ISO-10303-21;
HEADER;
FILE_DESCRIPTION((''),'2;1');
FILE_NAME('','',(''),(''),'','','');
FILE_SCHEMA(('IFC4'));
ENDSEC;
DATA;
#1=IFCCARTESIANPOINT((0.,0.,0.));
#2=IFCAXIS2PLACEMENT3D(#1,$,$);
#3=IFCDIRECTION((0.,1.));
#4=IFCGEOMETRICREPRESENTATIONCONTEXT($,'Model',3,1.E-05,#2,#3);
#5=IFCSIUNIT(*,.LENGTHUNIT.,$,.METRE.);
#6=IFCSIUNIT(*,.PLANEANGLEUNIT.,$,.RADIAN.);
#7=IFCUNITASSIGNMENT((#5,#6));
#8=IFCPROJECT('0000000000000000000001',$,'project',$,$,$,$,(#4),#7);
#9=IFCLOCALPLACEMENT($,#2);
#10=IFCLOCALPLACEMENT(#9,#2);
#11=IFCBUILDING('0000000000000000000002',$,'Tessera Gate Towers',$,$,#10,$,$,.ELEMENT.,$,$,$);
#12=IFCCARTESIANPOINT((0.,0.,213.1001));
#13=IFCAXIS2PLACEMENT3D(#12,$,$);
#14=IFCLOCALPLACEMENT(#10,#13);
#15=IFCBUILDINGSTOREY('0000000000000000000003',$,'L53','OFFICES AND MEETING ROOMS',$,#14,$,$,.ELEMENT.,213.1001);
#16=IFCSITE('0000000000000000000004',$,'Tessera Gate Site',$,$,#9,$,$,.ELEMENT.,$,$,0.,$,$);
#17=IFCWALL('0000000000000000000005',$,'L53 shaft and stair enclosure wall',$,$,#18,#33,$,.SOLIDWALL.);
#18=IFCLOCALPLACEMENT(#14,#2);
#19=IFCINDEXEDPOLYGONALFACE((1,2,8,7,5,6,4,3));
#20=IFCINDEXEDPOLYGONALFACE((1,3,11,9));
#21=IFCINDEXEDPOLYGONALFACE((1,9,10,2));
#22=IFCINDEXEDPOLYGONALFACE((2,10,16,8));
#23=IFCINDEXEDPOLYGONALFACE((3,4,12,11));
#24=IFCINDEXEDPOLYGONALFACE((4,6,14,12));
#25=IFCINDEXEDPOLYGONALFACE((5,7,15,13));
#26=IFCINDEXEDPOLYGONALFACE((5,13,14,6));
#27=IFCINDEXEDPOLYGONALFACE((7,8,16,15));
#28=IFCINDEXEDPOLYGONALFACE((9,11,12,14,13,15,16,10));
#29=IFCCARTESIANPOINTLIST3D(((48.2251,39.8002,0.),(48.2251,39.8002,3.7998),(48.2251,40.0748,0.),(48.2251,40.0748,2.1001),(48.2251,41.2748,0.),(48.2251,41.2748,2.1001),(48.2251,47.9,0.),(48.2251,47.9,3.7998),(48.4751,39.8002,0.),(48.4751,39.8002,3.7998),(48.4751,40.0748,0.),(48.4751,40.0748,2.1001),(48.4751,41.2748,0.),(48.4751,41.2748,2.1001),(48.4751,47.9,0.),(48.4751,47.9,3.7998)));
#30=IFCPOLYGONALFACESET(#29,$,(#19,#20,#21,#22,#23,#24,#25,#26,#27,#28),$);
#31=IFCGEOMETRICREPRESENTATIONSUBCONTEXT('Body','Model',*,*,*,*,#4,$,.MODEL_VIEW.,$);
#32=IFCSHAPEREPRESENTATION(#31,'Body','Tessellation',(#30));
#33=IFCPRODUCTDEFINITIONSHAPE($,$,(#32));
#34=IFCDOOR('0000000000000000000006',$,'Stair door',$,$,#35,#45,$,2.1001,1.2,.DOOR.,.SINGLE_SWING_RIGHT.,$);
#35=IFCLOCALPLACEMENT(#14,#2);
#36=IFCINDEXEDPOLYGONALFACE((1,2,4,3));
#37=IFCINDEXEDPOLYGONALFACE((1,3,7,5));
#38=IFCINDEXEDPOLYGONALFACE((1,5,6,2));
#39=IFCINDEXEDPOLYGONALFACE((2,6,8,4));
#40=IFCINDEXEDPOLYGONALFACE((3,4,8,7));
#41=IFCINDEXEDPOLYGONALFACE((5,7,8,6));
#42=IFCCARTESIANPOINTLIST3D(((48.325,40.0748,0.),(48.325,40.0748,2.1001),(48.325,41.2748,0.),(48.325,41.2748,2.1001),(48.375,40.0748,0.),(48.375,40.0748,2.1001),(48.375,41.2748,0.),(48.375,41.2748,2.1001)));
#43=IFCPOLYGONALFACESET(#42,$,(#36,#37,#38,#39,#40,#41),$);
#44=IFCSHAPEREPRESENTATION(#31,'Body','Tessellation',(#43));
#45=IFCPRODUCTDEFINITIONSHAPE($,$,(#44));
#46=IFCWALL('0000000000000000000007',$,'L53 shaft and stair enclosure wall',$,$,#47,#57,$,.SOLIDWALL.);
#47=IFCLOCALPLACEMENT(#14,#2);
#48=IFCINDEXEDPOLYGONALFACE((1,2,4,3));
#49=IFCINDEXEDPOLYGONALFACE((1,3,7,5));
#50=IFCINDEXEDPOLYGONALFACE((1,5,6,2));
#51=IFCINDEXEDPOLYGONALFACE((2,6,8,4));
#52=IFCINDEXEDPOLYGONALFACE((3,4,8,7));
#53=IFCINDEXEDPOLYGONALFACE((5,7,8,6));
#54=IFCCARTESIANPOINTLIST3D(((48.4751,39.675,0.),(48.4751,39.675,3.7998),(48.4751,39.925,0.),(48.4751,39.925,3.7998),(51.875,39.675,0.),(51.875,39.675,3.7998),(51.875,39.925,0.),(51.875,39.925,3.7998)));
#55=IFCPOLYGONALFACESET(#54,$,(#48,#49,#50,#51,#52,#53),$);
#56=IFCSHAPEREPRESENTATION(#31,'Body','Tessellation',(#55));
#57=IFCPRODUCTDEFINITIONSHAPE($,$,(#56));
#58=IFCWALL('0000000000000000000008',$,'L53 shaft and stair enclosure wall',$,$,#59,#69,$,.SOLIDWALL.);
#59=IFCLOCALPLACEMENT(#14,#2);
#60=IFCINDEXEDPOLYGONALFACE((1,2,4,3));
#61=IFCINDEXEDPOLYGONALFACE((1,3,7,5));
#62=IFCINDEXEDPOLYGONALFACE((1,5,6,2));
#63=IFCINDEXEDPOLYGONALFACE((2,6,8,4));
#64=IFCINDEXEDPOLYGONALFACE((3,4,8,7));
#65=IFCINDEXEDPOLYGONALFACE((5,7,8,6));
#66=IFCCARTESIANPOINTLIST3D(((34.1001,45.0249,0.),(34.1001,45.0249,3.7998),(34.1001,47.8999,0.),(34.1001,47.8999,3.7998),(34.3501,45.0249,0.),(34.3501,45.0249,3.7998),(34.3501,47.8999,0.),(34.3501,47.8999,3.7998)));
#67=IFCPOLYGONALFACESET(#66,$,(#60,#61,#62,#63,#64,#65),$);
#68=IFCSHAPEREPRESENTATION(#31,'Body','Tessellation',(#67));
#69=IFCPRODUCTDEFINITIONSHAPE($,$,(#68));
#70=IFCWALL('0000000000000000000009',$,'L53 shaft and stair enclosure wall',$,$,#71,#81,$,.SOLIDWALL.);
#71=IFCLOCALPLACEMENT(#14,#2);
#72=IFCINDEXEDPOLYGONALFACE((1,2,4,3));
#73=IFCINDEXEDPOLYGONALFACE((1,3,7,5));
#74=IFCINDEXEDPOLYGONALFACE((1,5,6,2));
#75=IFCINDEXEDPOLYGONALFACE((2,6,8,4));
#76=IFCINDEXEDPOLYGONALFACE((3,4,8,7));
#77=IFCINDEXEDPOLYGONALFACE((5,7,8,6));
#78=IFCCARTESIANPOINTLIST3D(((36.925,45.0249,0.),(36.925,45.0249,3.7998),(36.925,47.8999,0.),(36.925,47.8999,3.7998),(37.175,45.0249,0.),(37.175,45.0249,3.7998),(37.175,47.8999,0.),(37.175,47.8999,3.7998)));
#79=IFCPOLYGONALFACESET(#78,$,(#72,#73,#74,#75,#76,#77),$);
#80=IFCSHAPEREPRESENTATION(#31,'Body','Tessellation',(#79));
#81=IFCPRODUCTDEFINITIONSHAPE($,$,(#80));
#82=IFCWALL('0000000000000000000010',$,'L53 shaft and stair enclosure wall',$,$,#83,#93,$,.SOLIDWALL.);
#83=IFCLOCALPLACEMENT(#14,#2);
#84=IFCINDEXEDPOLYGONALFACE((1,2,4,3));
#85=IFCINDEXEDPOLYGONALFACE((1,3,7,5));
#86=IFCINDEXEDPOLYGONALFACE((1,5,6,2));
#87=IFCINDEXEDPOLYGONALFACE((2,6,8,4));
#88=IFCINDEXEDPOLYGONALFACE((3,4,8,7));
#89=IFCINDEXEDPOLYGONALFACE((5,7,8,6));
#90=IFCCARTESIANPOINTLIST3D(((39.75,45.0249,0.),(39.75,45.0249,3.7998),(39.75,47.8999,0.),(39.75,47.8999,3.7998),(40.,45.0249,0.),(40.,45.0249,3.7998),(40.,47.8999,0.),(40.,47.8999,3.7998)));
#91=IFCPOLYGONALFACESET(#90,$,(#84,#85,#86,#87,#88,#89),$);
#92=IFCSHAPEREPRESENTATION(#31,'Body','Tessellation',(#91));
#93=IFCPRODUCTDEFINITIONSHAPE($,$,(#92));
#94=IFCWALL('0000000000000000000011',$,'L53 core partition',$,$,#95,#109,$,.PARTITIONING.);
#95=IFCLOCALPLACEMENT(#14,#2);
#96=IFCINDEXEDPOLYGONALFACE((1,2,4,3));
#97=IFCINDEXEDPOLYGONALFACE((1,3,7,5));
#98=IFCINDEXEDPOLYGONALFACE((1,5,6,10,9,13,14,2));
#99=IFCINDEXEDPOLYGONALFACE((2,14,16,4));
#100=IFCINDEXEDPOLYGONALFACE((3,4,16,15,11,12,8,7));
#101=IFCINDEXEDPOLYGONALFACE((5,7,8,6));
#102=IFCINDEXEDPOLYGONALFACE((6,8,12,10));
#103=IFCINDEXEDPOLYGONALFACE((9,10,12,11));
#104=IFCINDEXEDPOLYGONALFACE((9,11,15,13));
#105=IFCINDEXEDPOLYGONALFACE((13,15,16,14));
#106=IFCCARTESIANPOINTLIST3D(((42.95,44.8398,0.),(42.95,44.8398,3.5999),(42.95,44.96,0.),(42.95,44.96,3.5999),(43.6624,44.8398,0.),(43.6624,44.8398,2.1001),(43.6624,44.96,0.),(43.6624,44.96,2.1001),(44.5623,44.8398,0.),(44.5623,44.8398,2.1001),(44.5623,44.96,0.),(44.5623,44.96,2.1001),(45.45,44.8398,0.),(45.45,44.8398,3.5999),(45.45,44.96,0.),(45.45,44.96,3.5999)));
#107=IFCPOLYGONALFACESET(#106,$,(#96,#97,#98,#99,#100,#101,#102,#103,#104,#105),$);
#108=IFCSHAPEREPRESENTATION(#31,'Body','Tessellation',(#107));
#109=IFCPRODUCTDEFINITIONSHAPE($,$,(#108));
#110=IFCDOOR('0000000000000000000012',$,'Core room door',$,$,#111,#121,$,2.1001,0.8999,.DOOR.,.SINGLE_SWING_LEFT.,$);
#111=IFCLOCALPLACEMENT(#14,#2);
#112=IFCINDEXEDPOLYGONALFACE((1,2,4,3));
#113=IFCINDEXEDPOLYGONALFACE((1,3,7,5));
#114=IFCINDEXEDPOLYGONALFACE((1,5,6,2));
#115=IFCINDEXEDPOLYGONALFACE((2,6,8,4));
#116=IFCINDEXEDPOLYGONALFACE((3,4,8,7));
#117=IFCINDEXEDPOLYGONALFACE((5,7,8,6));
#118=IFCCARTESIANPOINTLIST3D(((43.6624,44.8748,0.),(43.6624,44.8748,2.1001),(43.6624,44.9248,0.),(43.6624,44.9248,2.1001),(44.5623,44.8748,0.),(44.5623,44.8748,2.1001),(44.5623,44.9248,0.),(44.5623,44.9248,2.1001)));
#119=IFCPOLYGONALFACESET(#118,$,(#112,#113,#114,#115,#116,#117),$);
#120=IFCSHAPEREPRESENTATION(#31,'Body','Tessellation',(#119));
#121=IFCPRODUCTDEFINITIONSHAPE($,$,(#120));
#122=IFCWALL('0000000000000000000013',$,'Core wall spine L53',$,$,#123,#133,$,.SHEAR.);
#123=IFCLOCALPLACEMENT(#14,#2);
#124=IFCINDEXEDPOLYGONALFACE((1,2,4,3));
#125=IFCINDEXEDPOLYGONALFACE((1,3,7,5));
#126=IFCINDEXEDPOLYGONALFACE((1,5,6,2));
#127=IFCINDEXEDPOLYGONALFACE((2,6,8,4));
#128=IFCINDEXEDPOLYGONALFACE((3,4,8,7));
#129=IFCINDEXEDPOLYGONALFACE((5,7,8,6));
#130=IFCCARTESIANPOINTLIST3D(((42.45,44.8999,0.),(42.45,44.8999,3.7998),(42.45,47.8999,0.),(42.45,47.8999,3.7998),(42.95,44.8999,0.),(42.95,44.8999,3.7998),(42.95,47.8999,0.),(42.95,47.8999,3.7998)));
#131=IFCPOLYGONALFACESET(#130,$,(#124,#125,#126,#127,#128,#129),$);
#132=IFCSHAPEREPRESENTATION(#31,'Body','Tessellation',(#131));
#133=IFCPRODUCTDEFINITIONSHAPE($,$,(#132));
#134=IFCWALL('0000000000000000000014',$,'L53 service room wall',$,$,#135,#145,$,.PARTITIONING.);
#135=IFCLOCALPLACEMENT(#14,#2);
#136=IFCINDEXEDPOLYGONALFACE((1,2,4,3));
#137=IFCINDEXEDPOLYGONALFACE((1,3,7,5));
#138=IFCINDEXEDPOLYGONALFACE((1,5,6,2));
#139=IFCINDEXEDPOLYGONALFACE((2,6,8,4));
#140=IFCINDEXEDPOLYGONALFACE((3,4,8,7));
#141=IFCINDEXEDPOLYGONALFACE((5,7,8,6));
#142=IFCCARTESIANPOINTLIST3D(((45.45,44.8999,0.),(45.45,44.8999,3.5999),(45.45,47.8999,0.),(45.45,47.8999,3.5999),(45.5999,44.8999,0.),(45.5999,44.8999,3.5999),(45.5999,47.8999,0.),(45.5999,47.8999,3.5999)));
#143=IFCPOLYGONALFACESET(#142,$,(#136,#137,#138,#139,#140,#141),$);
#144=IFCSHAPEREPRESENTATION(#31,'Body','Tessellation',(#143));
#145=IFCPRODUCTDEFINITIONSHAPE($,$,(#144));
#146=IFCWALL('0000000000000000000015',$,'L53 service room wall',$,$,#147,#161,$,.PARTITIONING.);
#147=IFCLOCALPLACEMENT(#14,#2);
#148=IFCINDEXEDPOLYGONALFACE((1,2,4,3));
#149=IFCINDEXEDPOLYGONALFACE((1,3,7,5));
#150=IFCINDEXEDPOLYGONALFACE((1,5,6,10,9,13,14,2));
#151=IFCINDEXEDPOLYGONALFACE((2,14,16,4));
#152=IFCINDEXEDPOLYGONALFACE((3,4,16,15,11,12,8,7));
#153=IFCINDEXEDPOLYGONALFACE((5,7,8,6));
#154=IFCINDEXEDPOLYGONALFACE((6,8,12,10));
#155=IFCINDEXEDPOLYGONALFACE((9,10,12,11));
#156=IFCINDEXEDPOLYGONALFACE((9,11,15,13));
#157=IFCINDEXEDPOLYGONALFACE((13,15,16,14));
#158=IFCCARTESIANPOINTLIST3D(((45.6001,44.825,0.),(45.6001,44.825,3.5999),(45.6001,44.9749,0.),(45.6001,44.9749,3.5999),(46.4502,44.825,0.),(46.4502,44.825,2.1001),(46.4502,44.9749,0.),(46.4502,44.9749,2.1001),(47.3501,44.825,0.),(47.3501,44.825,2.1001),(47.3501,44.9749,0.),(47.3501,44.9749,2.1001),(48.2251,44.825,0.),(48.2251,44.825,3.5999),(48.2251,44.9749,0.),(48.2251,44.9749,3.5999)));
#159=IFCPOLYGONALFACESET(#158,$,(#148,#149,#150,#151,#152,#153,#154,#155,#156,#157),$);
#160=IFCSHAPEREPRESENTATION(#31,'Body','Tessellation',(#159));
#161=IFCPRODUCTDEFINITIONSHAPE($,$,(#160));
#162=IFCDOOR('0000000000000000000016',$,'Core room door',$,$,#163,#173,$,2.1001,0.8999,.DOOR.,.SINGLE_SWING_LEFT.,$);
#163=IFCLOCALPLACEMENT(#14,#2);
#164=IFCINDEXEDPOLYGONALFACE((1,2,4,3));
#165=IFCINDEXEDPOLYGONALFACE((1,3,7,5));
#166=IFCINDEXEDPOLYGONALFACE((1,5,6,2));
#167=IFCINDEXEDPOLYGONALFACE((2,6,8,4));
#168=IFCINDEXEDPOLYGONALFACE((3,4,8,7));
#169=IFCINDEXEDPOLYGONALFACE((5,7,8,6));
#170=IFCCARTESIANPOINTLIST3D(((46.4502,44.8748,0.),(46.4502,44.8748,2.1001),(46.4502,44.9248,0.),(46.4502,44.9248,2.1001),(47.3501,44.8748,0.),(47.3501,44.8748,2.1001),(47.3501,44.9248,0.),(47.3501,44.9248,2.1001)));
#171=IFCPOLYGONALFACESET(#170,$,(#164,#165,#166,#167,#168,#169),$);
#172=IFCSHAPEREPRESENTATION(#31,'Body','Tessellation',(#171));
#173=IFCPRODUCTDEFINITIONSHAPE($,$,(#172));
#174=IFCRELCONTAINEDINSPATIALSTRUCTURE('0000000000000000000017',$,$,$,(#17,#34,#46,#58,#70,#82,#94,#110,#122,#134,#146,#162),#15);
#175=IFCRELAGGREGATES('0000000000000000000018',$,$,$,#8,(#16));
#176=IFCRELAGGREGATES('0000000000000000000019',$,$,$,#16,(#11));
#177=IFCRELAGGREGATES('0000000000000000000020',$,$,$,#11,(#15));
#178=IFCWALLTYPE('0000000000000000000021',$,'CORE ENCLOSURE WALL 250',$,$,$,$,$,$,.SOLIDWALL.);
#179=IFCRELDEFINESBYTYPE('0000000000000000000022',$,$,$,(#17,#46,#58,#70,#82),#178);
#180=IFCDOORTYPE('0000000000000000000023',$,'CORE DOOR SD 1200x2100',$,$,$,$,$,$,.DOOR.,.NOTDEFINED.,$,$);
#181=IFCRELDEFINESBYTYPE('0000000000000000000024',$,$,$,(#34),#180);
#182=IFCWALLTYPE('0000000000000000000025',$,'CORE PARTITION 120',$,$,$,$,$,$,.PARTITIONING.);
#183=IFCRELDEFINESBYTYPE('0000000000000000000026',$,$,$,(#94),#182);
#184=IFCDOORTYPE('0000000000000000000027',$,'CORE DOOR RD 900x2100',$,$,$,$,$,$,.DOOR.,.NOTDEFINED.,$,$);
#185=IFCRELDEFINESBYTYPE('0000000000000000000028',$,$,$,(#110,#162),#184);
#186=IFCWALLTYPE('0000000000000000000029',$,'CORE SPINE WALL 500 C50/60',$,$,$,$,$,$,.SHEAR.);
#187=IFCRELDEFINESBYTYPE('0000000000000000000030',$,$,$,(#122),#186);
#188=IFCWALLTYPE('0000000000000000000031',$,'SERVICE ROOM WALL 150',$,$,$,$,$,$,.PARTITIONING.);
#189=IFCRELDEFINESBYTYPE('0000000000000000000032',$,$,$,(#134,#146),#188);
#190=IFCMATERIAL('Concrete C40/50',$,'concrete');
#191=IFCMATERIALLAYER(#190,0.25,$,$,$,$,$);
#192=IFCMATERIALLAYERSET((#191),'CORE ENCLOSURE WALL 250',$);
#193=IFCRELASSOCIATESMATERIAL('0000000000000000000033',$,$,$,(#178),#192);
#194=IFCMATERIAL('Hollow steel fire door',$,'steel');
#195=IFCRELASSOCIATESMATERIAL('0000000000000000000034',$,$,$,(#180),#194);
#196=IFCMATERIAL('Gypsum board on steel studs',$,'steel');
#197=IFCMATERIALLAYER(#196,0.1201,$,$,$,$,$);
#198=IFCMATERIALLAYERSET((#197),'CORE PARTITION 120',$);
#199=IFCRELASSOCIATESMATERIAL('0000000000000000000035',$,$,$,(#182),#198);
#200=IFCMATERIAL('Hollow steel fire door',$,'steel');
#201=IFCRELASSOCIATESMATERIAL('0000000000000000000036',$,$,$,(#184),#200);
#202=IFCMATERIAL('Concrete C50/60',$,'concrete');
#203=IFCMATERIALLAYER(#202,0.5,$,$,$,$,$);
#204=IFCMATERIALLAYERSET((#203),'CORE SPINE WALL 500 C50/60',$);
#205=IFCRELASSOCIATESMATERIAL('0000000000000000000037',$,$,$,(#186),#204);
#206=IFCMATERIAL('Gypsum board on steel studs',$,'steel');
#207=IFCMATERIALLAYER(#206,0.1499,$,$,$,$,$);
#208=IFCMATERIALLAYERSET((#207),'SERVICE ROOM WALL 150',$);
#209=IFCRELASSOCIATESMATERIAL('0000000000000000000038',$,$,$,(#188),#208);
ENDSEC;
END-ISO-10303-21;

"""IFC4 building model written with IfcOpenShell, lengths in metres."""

from ifc_helpers import new_model, si_unit, direction, frame, frame_2d, origin, place, context, subcontext, project, spatial, rectangle, extrude, source, transform, mapped, material, layer, layer_set, type_object, element, fill, save


model = new_model("IFC4")

# Units and contexts
model_context = context("Model", 3, precision=1e-05, world=origin(), true_north=direction((0.0, 1.0)))
body_context = subcontext(model_context, "Body", "Model", "MODEL_VIEW")
ifc_project = project(units=[si_unit("LENGTHUNIT", "METRE"), si_unit("PLANEANGLEUNIT", "RADIAN")], contexts=[model_context])

# Site, building, storey
site_placement = place(None, origin())
site = spatial("IfcSite", under=ifc_project, at=site_placement, Name="Tessera Gate Site", CompositionType="ELEMENT", RefElevation=0.0)
building_placement = place(site_placement, origin())
building = spatial("IfcBuilding", under=site, at=building_placement, Name="Tessera Gate Towers", CompositionType="ELEMENT")
storey_placement = place(building_placement, frame((0.0, 0.0, 213.1001)))
storey = spatial("IfcBuildingStorey", under=building, at=storey_placement, Name="L53", Description="OFFICES AND MEETING ROOMS", CompositionType="ELEMENT", Elevation=213.1001)

# Shared definitions
ifc_material_1 = material(Name="Concrete C40/50", Category="concrete")
ifc_layer_1 = layer(ifc_material_1, 0.25)
ifc_layer_set_1 = layer_set([ifc_layer_1], Name="CORE ENCLOSURE WALL 250")
wall_type_1 = type_object("IfcWallType", Name="CORE ENCLOSURE WALL 250", PredefinedType="SOLIDWALL", material=ifc_layer_set_1)

# Wall, opening, door
wall_1_placement = place(storey_placement, frame((48.3501, 47.8999, 0.0), z_axis=(0.0, 0.0, 1.0), x_axis=(0.0, -1.0, 0.0)))
wall_1 = element("IfcWall", 1, at=wall_1_placement, inside=storey, type_object=wall_type_1, Name="L53 shaft and stair enclosure wall", PredefinedType="SOLIDWALL", context=body_context, shape_type="SweptSolid", body=[
    extrude(rectangle(XDim=8.0999, YDim=0.25, at=frame_2d((4.0498, 0.0))), origin(), (0.0, 0.0, 1.0), 3.7998),
])
shared_shape_1 = source(origin(), body_context, "Body", "SweptSolid", [
    extrude(rectangle(XDim=1.2, YDim=2.1001, at=frame_2d((0.6001, 1.05))), frame((0.0, 0.135, 0.0), z_axis=(0.0, -1.0, 0.0), x_axis=(1.0, 0.0, 0.0)), (0.0, 0.0, 1.0), 0.27),
])
opening_1_placement = place(wall_1_placement, frame((6.625, 0.0, 0.0)))
opening_1 = element("IfcOpeningElement", 2, at=opening_1_placement, cuts=wall_1, PredefinedType="OPENING", context=body_context, shape_type="MappedRepresentation", body=[
    mapped(shared_shape_1, transform((0.0, 0.0, 0.0), scale=1.0)),
])
ifc_material_2 = material(Name="Hollow steel fire door", Category="steel")
door_type_1 = type_object("IfcDoorType", Name="CORE DOOR SD 1200x2100", OperationType="NOTDEFINED", PredefinedType="DOOR", material=ifc_material_2)
shared_shape_2 = source(origin(), body_context, "Body", "SweptSolid", [
    extrude(rectangle(XDim=1.2, YDim=2.1001, at=frame_2d((0.6001, 1.05))), frame((0.0, 0.0249, 0.0), z_axis=(0.0, -1.0, 0.0), x_axis=(1.0, 0.0, 0.0)), (0.0, 0.0, 1.0), 0.05),
])
door_1_placement = place(opening_1_placement, origin())
door_1 = element("IfcDoor", 3, at=door_1_placement, inside=storey, type_object=door_type_1, Name="Stair door", OperationType="SINGLE_SWING_RIGHT", OverallHeight=2.1001, OverallWidth=1.2, PredefinedType="DOOR", context=body_context, shape_type="MappedRepresentation", body=[
    mapped(shared_shape_2, transform((0.0, 0.0, 0.0), scale=1.0)),
])
fill(opening_1, door_1)

# Walls
wall_2_placement = place(storey_placement, frame((48.4751, 39.8, 0.0), z_axis=(0.0, 0.0, 1.0), x_axis=(1.0, 0.0, 0.0)))
element("IfcWall", 4, at=wall_2_placement, inside=storey, type_object=wall_type_1, Name="L53 shaft and stair enclosure wall", PredefinedType="SOLIDWALL", context=body_context, shape_type="SweptSolid", body=[
    extrude(rectangle(XDim=3.3999, YDim=0.25, at=frame_2d((1.7, 0.0))), origin(), (0.0, 0.0, 1.0), 3.7998),
])
for number, where, z_axis, x_axis, name in (
    (5, (34.2251, 45.0249, 0.0), (0.0, 0.0, 1.0), (0.0, 1.0, 0.0), "L53 shaft and stair enclosure wall"),
    (6, (37.05, 45.0249, 0.0), (0.0, 0.0, 1.0), (0.0, 1.0, 0.0), "L53 shaft and stair enclosure wall"),
    (7, (39.875, 45.0249, 0.0), (0.0, 0.0, 1.0), (0.0, 1.0, 0.0), "L53 shaft and stair enclosure wall"),
):
    element("IfcWall", number, at=place(storey_placement, frame(where, z_axis=z_axis, x_axis=x_axis)), inside=storey, type_object=wall_type_1, Name=name, PredefinedType="SOLIDWALL", context=body_context, shape_type="SweptSolid", body=[
        extrude(rectangle(XDim=2.875, YDim=0.25, at=frame_2d((1.4375, 0.0))), origin(), (0.0, 0.0, 1.0), 3.7998),
    ])

# Wall, opening, door
ifc_material_3 = material(Name="Gypsum board on steel studs", Category="steel")
ifc_layer_2 = layer(ifc_material_3, 0.1201)
ifc_layer_set_2 = layer_set([ifc_layer_2], Name="CORE PARTITION 120")
wall_type_2 = type_object("IfcWallType", Name="CORE PARTITION 120", PredefinedType="PARTITIONING", material=ifc_layer_set_2)
wall_3_placement = place(storey_placement, frame((42.95, 44.8999, 0.0), z_axis=(0.0, 0.0, 1.0), x_axis=(1.0, 0.0, 0.0)))
wall_3 = element("IfcWall", 8, at=wall_3_placement, inside=storey, type_object=wall_type_2, Name="L53 core partition", PredefinedType="PARTITIONING", context=body_context, shape_type="SweptSolid", body=[
    extrude(rectangle(XDim=2.5, YDim=0.1201, at=frame_2d((1.25, 0.0))), origin(), (0.0, 0.0, 1.0), 3.5999),
])
shared_shape_3 = source(origin(), body_context, "Body", "SweptSolid", [
    extrude(rectangle(XDim=0.8999, YDim=2.1001, at=frame_2d((0.45, 1.05))), frame((0.0, 0.0701, 0.0), z_axis=(0.0, -1.0, 0.0), x_axis=(1.0, 0.0, 0.0)), (0.0, 0.0, 1.0), 0.1401),
])
opening_2_placement = place(wall_3_placement, frame((0.7124, 0.0, 0.0)))
opening_2 = element("IfcOpeningElement", 9, at=opening_2_placement, cuts=wall_3, PredefinedType="OPENING", context=body_context, shape_type="MappedRepresentation", body=[
    mapped(shared_shape_3, transform((0.0, 0.0, 0.0), scale=1.0)),
])
ifc_material_4 = material(Name="Hollow steel fire door", Category="steel")
door_type_2 = type_object("IfcDoorType", Name="CORE DOOR RD 900x2100", OperationType="NOTDEFINED", PredefinedType="DOOR", material=ifc_material_4)
shared_shape_4 = source(origin(), body_context, "Body", "SweptSolid", [
    extrude(rectangle(XDim=0.8999, YDim=2.1001, at=frame_2d((0.45, 1.05))), frame((0.0, 0.0249, 0.0), z_axis=(0.0, -1.0, 0.0), x_axis=(1.0, 0.0, 0.0)), (0.0, 0.0, 1.0), 0.05),
])
door_2_placement = place(opening_2_placement, origin())
door_2 = element("IfcDoor", 10, at=door_2_placement, inside=storey, type_object=door_type_2, Name="Core room door", OperationType="SINGLE_SWING_LEFT", OverallHeight=2.1001, OverallWidth=0.8999, PredefinedType="DOOR", context=body_context, shape_type="MappedRepresentation", body=[
    mapped(shared_shape_4, transform((0.0, 0.0, 0.0), scale=1.0)),
])
fill(opening_2, door_2)

# Walls
ifc_material_5 = material(Name="Concrete C50/60", Category="concrete")
ifc_layer_3 = layer(ifc_material_5, 0.5)
ifc_layer_set_3 = layer_set([ifc_layer_3], Name="CORE SPINE WALL 500 C50/60")
wall_type_3 = type_object("IfcWallType", Name="CORE SPINE WALL 500 C50/60", PredefinedType="SHEAR", material=ifc_layer_set_3)
wall_4_placement = place(storey_placement, frame((42.7, 44.8999, 0.0), z_axis=(0.0, 0.0, 1.0), x_axis=(0.0, 1.0, 0.0)))
element("IfcWall", 11, at=wall_4_placement, inside=storey, type_object=wall_type_3, Name="Core wall spine L53", PredefinedType="SHEAR", context=body_context, shape_type="SweptSolid", body=[
    extrude(rectangle(XDim=3.0, YDim=0.5, at=frame_2d((1.5, 0.0))), origin(), (0.0, 0.0, 1.0), 3.7998),
])
ifc_material_6 = material(Name="Gypsum board on steel studs", Category="steel")
ifc_layer_4 = layer(ifc_material_6, 0.1499)
ifc_layer_set_4 = layer_set([ifc_layer_4], Name="SERVICE ROOM WALL 150")
wall_type_4 = type_object("IfcWallType", Name="SERVICE ROOM WALL 150", PredefinedType="PARTITIONING", material=ifc_layer_set_4)
wall_5_placement = place(storey_placement, frame((45.5249, 44.8999, 0.0), z_axis=(0.0, 0.0, 1.0), x_axis=(0.0, 1.0, 0.0)))
element("IfcWall", 12, at=wall_5_placement, inside=storey, type_object=wall_type_4, Name="L53 service room wall", PredefinedType="PARTITIONING", context=body_context, shape_type="SweptSolid", body=[
    extrude(rectangle(XDim=3.0, YDim=0.1499, at=frame_2d((1.5, 0.0))), origin(), (0.0, 0.0, 1.0), 3.5999),
])

# Wall, opening, door
wall_6_placement = place(storey_placement, frame((45.6001, 44.8999, 0.0), z_axis=(0.0, 0.0, 1.0), x_axis=(1.0, 0.0, 0.0)))
wall_6 = element("IfcWall", 13, at=wall_6_placement, inside=storey, type_object=wall_type_4, Name="L53 service room wall", PredefinedType="PARTITIONING", context=body_context, shape_type="SweptSolid", body=[
    extrude(rectangle(XDim=2.625, YDim=0.1499, at=frame_2d((1.3125, 0.0))), origin(), (0.0, 0.0, 1.0), 3.5999),
])
shared_shape_5 = source(origin(), body_context, "Body", "SweptSolid", [
    extrude(rectangle(XDim=0.8999, YDim=2.1001, at=frame_2d((0.45, 1.05))), frame((0.0, 0.085, 0.0), z_axis=(0.0, -1.0, 0.0), x_axis=(1.0, 0.0, 0.0)), (0.0, 0.0, 1.0), 0.1699),
])
opening_3_placement = place(wall_6_placement, frame((0.8501, 0.0, 0.0)))
opening_3 = element("IfcOpeningElement", 14, at=opening_3_placement, cuts=wall_6, PredefinedType="OPENING", context=body_context, shape_type="MappedRepresentation", body=[
    mapped(shared_shape_5, transform((0.0, 0.0, 0.0), scale=1.0)),
])
door_3_placement = place(opening_3_placement, origin())
door_3 = element("IfcDoor", 15, at=door_3_placement, inside=storey, type_object=door_type_2, Name="Core room door", OperationType="SINGLE_SWING_LEFT", OverallHeight=2.1001, OverallWidth=0.8999, PredefinedType="DOOR", context=body_context, shape_type="MappedRepresentation", body=[
    mapped(shared_shape_4, transform((0.0, 0.0, 0.0), scale=1.0)),
])
fill(opening_3, door_3)

save(model, "model.ifc")
